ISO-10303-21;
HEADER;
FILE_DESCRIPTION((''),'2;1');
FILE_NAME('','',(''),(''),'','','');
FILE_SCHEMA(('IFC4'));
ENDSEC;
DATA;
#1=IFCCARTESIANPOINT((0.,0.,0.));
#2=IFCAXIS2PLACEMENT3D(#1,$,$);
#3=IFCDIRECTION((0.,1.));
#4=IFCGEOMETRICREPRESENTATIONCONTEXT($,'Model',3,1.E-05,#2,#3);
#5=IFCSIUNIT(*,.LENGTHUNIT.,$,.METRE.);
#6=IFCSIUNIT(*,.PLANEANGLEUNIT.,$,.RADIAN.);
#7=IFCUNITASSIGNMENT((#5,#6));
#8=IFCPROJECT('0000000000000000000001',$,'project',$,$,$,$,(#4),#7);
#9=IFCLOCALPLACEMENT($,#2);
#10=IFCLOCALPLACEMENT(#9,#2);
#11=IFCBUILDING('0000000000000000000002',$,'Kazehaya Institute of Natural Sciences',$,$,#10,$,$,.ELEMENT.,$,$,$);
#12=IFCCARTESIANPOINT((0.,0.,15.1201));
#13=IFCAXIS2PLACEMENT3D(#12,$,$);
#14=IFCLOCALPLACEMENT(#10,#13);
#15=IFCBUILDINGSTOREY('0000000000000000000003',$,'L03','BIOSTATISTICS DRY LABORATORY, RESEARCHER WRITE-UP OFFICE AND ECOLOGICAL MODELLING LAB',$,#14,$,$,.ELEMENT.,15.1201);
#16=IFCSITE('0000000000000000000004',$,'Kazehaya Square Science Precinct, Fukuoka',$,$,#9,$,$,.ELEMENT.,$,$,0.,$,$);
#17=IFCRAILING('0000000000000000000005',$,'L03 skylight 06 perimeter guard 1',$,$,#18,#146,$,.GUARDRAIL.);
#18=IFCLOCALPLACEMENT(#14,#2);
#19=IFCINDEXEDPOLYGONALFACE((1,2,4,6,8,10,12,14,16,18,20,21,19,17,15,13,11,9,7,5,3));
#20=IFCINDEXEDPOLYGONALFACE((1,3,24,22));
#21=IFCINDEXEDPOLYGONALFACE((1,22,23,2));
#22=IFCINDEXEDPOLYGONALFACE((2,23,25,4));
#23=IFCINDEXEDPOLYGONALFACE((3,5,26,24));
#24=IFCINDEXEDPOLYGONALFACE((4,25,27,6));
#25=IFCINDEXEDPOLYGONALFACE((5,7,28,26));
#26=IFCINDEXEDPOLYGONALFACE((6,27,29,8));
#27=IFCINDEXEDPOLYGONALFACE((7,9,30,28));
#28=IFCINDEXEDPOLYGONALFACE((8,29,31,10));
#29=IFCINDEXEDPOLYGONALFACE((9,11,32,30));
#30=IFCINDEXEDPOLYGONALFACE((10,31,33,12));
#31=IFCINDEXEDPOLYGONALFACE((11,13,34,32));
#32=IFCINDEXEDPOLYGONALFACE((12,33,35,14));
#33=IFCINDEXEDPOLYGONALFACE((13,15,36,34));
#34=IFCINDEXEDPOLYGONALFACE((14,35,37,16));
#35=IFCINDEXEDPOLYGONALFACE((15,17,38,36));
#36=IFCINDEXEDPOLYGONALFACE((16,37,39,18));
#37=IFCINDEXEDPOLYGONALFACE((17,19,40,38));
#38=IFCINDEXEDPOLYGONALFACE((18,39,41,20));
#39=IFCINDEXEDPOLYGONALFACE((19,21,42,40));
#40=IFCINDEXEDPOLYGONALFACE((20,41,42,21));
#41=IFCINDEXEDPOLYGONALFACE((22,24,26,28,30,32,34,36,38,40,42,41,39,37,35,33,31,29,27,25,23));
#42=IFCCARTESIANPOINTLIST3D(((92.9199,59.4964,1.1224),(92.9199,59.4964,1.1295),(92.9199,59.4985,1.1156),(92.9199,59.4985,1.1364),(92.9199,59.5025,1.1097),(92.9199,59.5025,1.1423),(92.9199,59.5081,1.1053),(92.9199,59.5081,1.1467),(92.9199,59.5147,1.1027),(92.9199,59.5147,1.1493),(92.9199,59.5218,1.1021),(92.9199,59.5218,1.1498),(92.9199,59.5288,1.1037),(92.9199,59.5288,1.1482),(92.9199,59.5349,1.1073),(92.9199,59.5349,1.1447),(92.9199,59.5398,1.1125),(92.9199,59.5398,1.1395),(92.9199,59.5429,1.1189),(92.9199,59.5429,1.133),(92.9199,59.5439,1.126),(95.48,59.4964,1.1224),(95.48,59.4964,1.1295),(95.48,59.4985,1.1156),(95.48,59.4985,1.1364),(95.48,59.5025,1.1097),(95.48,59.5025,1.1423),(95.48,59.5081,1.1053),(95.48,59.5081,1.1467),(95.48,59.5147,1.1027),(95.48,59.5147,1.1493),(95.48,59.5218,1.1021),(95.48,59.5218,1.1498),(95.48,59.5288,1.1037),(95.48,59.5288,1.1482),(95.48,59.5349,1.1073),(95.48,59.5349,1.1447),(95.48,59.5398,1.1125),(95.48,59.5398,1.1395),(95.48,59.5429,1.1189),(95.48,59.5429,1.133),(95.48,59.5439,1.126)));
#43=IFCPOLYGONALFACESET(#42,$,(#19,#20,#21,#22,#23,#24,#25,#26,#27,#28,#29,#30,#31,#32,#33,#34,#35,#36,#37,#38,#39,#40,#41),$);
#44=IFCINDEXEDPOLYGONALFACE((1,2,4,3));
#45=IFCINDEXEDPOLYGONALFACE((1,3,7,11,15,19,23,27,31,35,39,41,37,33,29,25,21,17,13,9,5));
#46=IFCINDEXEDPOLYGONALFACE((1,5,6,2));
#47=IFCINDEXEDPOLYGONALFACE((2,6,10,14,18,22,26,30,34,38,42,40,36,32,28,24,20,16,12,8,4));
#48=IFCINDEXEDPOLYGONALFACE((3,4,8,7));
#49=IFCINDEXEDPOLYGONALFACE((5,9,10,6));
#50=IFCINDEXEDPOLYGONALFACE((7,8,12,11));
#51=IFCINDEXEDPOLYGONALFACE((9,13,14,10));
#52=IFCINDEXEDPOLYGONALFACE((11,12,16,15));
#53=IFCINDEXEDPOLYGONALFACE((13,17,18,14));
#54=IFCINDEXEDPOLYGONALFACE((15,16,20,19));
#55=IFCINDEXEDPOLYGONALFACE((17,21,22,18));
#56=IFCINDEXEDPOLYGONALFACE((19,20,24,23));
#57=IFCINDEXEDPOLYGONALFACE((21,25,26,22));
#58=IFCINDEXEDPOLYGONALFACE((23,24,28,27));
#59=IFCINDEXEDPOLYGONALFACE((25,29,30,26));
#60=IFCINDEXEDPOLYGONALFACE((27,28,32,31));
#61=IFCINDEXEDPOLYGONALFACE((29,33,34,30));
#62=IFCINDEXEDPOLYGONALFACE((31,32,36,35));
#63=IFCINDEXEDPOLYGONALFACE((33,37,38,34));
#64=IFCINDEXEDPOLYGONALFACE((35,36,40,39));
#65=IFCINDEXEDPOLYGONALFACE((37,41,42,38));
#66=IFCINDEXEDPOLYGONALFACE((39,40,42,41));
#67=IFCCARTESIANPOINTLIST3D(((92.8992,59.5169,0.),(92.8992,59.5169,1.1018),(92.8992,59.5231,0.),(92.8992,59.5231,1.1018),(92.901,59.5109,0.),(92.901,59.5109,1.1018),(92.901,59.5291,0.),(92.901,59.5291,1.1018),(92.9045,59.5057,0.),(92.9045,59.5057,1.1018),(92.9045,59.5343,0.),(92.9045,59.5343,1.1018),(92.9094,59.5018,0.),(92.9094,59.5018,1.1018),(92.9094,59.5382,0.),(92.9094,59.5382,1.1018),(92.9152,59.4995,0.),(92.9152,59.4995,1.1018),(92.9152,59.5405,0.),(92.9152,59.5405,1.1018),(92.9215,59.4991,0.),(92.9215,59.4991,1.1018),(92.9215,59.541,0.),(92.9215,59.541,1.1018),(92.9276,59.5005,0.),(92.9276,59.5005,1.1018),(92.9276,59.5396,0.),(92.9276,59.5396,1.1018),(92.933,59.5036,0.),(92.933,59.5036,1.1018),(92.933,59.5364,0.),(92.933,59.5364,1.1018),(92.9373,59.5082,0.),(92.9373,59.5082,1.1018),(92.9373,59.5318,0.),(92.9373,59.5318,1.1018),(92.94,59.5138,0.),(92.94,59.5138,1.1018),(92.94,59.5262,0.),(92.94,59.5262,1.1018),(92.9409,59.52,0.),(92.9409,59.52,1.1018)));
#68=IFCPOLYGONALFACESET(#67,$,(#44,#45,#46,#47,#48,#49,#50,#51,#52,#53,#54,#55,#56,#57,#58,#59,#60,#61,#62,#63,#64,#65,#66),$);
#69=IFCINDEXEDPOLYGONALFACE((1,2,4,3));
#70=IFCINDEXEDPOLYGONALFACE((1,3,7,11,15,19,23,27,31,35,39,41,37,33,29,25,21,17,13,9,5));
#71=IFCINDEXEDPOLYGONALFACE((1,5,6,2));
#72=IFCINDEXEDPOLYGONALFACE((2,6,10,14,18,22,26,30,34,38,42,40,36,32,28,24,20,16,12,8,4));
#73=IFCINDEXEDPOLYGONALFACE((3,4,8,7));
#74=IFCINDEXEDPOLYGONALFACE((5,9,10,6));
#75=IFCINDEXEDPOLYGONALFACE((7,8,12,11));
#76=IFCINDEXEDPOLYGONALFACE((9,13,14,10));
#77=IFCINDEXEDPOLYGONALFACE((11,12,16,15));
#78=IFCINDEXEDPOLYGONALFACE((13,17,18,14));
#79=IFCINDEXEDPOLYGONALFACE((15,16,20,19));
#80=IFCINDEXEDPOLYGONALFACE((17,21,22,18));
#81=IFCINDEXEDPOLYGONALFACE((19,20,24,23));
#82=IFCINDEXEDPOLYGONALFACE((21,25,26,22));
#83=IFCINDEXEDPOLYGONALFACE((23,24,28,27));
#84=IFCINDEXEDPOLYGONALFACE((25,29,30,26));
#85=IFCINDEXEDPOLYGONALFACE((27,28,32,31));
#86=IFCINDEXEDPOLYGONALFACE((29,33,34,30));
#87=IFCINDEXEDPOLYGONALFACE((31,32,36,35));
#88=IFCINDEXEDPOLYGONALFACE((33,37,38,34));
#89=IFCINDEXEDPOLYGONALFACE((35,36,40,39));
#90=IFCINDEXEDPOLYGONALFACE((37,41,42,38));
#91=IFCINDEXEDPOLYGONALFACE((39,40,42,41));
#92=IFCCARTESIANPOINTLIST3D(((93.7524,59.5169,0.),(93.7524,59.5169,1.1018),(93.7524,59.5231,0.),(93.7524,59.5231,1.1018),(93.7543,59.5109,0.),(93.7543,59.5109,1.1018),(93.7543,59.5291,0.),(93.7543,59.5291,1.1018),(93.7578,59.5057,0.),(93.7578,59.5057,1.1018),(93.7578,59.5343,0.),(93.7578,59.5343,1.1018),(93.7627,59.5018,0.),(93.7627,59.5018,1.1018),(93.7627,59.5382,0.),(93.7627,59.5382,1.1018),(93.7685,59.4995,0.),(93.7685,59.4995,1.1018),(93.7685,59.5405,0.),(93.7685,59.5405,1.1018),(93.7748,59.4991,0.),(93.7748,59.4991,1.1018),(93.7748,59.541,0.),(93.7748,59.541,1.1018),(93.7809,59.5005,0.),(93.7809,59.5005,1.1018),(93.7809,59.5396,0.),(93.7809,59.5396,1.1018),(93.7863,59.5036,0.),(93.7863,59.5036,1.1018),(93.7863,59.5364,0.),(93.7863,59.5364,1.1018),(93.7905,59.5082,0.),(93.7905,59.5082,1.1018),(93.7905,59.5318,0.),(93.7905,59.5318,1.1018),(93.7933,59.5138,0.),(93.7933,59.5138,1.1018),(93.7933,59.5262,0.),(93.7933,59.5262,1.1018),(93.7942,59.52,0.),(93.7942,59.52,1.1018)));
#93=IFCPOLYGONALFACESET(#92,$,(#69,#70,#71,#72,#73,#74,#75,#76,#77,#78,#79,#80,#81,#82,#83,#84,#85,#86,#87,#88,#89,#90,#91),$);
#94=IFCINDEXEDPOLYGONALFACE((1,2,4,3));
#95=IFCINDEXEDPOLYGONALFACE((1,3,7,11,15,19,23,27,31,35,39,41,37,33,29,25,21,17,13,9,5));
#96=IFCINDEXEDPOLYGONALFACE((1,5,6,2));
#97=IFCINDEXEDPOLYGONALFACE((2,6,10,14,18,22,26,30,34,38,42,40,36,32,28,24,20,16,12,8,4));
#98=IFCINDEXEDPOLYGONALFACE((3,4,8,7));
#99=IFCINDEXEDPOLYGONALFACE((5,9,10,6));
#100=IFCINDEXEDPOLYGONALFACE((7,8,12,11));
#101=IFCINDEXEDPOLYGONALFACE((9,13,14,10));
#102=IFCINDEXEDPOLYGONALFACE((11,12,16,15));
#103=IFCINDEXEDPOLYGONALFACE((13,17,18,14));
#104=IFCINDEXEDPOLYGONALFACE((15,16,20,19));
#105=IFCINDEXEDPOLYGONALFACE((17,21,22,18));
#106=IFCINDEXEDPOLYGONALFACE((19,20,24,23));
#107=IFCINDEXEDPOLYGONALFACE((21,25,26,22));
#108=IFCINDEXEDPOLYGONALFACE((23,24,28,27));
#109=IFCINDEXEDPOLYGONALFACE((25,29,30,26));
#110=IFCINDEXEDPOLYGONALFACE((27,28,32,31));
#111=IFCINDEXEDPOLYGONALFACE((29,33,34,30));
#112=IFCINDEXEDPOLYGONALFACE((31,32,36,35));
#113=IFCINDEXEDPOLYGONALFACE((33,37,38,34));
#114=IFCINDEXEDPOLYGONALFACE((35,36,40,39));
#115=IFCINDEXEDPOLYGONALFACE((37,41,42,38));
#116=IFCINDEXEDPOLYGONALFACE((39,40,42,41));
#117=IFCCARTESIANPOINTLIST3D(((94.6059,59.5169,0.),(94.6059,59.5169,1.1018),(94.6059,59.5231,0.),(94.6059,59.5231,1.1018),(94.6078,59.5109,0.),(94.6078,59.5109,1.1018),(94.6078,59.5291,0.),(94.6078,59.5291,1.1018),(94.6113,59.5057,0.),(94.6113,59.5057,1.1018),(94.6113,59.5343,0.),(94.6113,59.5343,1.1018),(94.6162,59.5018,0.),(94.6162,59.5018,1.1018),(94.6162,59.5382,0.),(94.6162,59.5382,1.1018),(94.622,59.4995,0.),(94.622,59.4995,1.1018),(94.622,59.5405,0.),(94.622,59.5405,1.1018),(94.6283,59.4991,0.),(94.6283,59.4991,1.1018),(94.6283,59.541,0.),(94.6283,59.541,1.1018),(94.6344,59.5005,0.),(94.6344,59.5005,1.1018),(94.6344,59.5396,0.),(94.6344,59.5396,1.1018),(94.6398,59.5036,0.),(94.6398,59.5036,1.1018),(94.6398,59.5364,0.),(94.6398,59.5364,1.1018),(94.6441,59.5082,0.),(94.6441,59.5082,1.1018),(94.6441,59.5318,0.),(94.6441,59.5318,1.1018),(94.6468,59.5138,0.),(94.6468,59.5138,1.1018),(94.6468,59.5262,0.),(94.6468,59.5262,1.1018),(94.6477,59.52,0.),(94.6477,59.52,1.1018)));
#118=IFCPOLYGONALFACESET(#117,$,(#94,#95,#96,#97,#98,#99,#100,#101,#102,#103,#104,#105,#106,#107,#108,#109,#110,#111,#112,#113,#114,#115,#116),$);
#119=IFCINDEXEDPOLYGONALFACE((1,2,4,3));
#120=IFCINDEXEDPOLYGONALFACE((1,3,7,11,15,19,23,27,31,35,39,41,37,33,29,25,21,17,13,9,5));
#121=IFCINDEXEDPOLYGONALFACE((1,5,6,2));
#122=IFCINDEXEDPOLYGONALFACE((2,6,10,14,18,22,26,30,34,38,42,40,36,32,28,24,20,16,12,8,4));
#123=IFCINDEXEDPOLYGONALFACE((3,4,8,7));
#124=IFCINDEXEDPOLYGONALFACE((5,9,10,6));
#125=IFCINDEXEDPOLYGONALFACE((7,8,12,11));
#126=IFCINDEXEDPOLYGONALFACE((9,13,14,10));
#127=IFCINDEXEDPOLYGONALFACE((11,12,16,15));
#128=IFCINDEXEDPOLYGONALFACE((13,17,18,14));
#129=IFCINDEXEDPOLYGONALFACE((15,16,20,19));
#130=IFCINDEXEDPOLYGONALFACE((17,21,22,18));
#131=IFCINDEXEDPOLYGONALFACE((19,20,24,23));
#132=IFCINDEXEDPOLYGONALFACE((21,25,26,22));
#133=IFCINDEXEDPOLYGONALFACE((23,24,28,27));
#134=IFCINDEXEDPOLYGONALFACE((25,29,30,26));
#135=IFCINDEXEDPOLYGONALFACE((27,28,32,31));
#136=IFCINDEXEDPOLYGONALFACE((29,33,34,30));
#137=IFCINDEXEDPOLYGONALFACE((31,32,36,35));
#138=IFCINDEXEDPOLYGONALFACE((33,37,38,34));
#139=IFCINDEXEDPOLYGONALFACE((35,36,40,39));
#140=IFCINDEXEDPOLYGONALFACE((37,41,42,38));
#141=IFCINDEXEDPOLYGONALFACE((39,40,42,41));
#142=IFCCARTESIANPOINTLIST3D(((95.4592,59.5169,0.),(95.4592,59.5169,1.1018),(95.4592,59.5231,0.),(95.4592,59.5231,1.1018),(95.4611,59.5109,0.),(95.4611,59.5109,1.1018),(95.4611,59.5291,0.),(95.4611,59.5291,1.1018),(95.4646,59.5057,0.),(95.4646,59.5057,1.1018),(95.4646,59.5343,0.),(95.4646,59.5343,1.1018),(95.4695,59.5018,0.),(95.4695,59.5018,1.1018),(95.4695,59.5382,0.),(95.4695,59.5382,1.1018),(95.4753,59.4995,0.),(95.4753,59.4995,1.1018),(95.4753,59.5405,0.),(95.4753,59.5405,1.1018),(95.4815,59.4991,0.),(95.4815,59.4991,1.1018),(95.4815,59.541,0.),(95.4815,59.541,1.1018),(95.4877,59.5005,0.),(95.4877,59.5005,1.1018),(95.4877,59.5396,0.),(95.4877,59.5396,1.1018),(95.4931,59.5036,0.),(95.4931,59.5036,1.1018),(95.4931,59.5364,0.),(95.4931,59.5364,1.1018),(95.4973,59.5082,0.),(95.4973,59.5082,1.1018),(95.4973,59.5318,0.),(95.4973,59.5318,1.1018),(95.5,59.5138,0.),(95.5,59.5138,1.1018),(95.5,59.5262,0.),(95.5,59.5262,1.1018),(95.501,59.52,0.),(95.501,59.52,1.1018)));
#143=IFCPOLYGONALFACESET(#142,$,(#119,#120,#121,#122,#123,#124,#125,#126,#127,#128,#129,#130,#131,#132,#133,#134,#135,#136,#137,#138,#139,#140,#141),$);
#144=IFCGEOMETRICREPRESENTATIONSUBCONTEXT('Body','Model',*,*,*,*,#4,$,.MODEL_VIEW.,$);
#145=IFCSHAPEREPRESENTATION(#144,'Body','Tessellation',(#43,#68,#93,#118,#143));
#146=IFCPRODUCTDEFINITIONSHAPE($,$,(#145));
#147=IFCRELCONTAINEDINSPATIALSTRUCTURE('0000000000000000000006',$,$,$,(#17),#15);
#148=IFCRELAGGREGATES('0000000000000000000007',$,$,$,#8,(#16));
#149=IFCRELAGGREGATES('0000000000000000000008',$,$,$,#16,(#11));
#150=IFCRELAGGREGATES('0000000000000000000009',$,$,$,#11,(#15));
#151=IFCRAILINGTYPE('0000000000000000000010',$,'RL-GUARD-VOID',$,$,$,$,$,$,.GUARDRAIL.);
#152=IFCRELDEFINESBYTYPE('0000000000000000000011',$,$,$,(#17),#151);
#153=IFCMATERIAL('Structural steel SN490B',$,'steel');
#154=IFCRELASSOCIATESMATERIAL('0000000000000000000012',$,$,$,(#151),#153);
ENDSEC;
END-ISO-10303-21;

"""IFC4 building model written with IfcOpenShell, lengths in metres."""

from ifc_helpers import new_model, si_unit, direction, frame, origin, origin_2d, place, context, subcontext, project, spatial, circle, extrude, material, type_object, element, save


model = new_model("IFC4")

# Units and contexts
model_context = context("Model", 3, precision=1e-05, world=origin(), true_north=direction((0.0, 1.0)))
body_context = subcontext(model_context, "Body", "Model", "MODEL_VIEW")
ifc_project = project(units=[si_unit("LENGTHUNIT", "METRE"), si_unit("PLANEANGLEUNIT", "RADIAN")], contexts=[model_context])

# Site, building, storey
site_placement = place(None, origin())
site = spatial("IfcSite", under=ifc_project, at=site_placement, Name="Kazehaya Square Science Precinct, Fukuoka", CompositionType="ELEMENT", RefElevation=0.0)
building_placement = place(site_placement, origin())
building = spatial("IfcBuilding", under=site, at=building_placement, Name="Kazehaya Institute of Natural Sciences", CompositionType="ELEMENT")
storey_placement = place(building_placement, frame((0.0, 0.0, 15.1201)))
storey = spatial("IfcBuildingStorey", under=building, at=storey_placement, Name="L03", Description="BIOSTATISTICS DRY LABORATORY, RESEARCHER WRITE-UP OFFICE AND ECOLOGICAL MODELLING LAB", CompositionType="ELEMENT", Elevation=15.1201)

# Railing
ifc_material_1 = material(Name="Structural steel SN490B", Category="steel")
railing_type = type_object("IfcRailingType", Name="RL-GUARD-VOID", PredefinedType="GUARDRAIL", material=ifc_material_1)
railing_1_placement = place(storey_placement, frame((92.9199, 59.52, 0.0)))
element("IfcRailing", 1, at=railing_1_placement, inside=storey, type_object=railing_type, Name="L03 skylight 06 perimeter guard 1", PredefinedType="GUARDRAIL", context=body_context, shape_type="SweptSolid", body=[
    extrude(circle(Radius=0.0239, at=origin_2d()), frame((0.0, 0.0, 1.126), z_axis=(1.0, 0.0, 0.0), x_axis=(0.0, 1.0, 0.0)), (0.0, 0.0, 1.0), 2.5601),
    extrude(circle(Radius=0.021, at=origin_2d()), origin(), (0.0, 0.0, 1.0), 1.1018),
    extrude(circle(Radius=0.021, at=origin_2d()), frame((0.8533, 0.0, 0.0)), (0.0, 0.0, 1.0), 1.1018),
    extrude(circle(Radius=0.021, at=origin_2d()), frame((1.7068, 0.0, 0.0)), (0.0, 0.0, 1.0), 1.1018),
    extrude(circle(Radius=0.021, at=origin_2d()), frame((2.5601, 0.0, 0.0)), (0.0, 0.0, 1.0), 1.1018),
])

save(model, "model.ifc")
